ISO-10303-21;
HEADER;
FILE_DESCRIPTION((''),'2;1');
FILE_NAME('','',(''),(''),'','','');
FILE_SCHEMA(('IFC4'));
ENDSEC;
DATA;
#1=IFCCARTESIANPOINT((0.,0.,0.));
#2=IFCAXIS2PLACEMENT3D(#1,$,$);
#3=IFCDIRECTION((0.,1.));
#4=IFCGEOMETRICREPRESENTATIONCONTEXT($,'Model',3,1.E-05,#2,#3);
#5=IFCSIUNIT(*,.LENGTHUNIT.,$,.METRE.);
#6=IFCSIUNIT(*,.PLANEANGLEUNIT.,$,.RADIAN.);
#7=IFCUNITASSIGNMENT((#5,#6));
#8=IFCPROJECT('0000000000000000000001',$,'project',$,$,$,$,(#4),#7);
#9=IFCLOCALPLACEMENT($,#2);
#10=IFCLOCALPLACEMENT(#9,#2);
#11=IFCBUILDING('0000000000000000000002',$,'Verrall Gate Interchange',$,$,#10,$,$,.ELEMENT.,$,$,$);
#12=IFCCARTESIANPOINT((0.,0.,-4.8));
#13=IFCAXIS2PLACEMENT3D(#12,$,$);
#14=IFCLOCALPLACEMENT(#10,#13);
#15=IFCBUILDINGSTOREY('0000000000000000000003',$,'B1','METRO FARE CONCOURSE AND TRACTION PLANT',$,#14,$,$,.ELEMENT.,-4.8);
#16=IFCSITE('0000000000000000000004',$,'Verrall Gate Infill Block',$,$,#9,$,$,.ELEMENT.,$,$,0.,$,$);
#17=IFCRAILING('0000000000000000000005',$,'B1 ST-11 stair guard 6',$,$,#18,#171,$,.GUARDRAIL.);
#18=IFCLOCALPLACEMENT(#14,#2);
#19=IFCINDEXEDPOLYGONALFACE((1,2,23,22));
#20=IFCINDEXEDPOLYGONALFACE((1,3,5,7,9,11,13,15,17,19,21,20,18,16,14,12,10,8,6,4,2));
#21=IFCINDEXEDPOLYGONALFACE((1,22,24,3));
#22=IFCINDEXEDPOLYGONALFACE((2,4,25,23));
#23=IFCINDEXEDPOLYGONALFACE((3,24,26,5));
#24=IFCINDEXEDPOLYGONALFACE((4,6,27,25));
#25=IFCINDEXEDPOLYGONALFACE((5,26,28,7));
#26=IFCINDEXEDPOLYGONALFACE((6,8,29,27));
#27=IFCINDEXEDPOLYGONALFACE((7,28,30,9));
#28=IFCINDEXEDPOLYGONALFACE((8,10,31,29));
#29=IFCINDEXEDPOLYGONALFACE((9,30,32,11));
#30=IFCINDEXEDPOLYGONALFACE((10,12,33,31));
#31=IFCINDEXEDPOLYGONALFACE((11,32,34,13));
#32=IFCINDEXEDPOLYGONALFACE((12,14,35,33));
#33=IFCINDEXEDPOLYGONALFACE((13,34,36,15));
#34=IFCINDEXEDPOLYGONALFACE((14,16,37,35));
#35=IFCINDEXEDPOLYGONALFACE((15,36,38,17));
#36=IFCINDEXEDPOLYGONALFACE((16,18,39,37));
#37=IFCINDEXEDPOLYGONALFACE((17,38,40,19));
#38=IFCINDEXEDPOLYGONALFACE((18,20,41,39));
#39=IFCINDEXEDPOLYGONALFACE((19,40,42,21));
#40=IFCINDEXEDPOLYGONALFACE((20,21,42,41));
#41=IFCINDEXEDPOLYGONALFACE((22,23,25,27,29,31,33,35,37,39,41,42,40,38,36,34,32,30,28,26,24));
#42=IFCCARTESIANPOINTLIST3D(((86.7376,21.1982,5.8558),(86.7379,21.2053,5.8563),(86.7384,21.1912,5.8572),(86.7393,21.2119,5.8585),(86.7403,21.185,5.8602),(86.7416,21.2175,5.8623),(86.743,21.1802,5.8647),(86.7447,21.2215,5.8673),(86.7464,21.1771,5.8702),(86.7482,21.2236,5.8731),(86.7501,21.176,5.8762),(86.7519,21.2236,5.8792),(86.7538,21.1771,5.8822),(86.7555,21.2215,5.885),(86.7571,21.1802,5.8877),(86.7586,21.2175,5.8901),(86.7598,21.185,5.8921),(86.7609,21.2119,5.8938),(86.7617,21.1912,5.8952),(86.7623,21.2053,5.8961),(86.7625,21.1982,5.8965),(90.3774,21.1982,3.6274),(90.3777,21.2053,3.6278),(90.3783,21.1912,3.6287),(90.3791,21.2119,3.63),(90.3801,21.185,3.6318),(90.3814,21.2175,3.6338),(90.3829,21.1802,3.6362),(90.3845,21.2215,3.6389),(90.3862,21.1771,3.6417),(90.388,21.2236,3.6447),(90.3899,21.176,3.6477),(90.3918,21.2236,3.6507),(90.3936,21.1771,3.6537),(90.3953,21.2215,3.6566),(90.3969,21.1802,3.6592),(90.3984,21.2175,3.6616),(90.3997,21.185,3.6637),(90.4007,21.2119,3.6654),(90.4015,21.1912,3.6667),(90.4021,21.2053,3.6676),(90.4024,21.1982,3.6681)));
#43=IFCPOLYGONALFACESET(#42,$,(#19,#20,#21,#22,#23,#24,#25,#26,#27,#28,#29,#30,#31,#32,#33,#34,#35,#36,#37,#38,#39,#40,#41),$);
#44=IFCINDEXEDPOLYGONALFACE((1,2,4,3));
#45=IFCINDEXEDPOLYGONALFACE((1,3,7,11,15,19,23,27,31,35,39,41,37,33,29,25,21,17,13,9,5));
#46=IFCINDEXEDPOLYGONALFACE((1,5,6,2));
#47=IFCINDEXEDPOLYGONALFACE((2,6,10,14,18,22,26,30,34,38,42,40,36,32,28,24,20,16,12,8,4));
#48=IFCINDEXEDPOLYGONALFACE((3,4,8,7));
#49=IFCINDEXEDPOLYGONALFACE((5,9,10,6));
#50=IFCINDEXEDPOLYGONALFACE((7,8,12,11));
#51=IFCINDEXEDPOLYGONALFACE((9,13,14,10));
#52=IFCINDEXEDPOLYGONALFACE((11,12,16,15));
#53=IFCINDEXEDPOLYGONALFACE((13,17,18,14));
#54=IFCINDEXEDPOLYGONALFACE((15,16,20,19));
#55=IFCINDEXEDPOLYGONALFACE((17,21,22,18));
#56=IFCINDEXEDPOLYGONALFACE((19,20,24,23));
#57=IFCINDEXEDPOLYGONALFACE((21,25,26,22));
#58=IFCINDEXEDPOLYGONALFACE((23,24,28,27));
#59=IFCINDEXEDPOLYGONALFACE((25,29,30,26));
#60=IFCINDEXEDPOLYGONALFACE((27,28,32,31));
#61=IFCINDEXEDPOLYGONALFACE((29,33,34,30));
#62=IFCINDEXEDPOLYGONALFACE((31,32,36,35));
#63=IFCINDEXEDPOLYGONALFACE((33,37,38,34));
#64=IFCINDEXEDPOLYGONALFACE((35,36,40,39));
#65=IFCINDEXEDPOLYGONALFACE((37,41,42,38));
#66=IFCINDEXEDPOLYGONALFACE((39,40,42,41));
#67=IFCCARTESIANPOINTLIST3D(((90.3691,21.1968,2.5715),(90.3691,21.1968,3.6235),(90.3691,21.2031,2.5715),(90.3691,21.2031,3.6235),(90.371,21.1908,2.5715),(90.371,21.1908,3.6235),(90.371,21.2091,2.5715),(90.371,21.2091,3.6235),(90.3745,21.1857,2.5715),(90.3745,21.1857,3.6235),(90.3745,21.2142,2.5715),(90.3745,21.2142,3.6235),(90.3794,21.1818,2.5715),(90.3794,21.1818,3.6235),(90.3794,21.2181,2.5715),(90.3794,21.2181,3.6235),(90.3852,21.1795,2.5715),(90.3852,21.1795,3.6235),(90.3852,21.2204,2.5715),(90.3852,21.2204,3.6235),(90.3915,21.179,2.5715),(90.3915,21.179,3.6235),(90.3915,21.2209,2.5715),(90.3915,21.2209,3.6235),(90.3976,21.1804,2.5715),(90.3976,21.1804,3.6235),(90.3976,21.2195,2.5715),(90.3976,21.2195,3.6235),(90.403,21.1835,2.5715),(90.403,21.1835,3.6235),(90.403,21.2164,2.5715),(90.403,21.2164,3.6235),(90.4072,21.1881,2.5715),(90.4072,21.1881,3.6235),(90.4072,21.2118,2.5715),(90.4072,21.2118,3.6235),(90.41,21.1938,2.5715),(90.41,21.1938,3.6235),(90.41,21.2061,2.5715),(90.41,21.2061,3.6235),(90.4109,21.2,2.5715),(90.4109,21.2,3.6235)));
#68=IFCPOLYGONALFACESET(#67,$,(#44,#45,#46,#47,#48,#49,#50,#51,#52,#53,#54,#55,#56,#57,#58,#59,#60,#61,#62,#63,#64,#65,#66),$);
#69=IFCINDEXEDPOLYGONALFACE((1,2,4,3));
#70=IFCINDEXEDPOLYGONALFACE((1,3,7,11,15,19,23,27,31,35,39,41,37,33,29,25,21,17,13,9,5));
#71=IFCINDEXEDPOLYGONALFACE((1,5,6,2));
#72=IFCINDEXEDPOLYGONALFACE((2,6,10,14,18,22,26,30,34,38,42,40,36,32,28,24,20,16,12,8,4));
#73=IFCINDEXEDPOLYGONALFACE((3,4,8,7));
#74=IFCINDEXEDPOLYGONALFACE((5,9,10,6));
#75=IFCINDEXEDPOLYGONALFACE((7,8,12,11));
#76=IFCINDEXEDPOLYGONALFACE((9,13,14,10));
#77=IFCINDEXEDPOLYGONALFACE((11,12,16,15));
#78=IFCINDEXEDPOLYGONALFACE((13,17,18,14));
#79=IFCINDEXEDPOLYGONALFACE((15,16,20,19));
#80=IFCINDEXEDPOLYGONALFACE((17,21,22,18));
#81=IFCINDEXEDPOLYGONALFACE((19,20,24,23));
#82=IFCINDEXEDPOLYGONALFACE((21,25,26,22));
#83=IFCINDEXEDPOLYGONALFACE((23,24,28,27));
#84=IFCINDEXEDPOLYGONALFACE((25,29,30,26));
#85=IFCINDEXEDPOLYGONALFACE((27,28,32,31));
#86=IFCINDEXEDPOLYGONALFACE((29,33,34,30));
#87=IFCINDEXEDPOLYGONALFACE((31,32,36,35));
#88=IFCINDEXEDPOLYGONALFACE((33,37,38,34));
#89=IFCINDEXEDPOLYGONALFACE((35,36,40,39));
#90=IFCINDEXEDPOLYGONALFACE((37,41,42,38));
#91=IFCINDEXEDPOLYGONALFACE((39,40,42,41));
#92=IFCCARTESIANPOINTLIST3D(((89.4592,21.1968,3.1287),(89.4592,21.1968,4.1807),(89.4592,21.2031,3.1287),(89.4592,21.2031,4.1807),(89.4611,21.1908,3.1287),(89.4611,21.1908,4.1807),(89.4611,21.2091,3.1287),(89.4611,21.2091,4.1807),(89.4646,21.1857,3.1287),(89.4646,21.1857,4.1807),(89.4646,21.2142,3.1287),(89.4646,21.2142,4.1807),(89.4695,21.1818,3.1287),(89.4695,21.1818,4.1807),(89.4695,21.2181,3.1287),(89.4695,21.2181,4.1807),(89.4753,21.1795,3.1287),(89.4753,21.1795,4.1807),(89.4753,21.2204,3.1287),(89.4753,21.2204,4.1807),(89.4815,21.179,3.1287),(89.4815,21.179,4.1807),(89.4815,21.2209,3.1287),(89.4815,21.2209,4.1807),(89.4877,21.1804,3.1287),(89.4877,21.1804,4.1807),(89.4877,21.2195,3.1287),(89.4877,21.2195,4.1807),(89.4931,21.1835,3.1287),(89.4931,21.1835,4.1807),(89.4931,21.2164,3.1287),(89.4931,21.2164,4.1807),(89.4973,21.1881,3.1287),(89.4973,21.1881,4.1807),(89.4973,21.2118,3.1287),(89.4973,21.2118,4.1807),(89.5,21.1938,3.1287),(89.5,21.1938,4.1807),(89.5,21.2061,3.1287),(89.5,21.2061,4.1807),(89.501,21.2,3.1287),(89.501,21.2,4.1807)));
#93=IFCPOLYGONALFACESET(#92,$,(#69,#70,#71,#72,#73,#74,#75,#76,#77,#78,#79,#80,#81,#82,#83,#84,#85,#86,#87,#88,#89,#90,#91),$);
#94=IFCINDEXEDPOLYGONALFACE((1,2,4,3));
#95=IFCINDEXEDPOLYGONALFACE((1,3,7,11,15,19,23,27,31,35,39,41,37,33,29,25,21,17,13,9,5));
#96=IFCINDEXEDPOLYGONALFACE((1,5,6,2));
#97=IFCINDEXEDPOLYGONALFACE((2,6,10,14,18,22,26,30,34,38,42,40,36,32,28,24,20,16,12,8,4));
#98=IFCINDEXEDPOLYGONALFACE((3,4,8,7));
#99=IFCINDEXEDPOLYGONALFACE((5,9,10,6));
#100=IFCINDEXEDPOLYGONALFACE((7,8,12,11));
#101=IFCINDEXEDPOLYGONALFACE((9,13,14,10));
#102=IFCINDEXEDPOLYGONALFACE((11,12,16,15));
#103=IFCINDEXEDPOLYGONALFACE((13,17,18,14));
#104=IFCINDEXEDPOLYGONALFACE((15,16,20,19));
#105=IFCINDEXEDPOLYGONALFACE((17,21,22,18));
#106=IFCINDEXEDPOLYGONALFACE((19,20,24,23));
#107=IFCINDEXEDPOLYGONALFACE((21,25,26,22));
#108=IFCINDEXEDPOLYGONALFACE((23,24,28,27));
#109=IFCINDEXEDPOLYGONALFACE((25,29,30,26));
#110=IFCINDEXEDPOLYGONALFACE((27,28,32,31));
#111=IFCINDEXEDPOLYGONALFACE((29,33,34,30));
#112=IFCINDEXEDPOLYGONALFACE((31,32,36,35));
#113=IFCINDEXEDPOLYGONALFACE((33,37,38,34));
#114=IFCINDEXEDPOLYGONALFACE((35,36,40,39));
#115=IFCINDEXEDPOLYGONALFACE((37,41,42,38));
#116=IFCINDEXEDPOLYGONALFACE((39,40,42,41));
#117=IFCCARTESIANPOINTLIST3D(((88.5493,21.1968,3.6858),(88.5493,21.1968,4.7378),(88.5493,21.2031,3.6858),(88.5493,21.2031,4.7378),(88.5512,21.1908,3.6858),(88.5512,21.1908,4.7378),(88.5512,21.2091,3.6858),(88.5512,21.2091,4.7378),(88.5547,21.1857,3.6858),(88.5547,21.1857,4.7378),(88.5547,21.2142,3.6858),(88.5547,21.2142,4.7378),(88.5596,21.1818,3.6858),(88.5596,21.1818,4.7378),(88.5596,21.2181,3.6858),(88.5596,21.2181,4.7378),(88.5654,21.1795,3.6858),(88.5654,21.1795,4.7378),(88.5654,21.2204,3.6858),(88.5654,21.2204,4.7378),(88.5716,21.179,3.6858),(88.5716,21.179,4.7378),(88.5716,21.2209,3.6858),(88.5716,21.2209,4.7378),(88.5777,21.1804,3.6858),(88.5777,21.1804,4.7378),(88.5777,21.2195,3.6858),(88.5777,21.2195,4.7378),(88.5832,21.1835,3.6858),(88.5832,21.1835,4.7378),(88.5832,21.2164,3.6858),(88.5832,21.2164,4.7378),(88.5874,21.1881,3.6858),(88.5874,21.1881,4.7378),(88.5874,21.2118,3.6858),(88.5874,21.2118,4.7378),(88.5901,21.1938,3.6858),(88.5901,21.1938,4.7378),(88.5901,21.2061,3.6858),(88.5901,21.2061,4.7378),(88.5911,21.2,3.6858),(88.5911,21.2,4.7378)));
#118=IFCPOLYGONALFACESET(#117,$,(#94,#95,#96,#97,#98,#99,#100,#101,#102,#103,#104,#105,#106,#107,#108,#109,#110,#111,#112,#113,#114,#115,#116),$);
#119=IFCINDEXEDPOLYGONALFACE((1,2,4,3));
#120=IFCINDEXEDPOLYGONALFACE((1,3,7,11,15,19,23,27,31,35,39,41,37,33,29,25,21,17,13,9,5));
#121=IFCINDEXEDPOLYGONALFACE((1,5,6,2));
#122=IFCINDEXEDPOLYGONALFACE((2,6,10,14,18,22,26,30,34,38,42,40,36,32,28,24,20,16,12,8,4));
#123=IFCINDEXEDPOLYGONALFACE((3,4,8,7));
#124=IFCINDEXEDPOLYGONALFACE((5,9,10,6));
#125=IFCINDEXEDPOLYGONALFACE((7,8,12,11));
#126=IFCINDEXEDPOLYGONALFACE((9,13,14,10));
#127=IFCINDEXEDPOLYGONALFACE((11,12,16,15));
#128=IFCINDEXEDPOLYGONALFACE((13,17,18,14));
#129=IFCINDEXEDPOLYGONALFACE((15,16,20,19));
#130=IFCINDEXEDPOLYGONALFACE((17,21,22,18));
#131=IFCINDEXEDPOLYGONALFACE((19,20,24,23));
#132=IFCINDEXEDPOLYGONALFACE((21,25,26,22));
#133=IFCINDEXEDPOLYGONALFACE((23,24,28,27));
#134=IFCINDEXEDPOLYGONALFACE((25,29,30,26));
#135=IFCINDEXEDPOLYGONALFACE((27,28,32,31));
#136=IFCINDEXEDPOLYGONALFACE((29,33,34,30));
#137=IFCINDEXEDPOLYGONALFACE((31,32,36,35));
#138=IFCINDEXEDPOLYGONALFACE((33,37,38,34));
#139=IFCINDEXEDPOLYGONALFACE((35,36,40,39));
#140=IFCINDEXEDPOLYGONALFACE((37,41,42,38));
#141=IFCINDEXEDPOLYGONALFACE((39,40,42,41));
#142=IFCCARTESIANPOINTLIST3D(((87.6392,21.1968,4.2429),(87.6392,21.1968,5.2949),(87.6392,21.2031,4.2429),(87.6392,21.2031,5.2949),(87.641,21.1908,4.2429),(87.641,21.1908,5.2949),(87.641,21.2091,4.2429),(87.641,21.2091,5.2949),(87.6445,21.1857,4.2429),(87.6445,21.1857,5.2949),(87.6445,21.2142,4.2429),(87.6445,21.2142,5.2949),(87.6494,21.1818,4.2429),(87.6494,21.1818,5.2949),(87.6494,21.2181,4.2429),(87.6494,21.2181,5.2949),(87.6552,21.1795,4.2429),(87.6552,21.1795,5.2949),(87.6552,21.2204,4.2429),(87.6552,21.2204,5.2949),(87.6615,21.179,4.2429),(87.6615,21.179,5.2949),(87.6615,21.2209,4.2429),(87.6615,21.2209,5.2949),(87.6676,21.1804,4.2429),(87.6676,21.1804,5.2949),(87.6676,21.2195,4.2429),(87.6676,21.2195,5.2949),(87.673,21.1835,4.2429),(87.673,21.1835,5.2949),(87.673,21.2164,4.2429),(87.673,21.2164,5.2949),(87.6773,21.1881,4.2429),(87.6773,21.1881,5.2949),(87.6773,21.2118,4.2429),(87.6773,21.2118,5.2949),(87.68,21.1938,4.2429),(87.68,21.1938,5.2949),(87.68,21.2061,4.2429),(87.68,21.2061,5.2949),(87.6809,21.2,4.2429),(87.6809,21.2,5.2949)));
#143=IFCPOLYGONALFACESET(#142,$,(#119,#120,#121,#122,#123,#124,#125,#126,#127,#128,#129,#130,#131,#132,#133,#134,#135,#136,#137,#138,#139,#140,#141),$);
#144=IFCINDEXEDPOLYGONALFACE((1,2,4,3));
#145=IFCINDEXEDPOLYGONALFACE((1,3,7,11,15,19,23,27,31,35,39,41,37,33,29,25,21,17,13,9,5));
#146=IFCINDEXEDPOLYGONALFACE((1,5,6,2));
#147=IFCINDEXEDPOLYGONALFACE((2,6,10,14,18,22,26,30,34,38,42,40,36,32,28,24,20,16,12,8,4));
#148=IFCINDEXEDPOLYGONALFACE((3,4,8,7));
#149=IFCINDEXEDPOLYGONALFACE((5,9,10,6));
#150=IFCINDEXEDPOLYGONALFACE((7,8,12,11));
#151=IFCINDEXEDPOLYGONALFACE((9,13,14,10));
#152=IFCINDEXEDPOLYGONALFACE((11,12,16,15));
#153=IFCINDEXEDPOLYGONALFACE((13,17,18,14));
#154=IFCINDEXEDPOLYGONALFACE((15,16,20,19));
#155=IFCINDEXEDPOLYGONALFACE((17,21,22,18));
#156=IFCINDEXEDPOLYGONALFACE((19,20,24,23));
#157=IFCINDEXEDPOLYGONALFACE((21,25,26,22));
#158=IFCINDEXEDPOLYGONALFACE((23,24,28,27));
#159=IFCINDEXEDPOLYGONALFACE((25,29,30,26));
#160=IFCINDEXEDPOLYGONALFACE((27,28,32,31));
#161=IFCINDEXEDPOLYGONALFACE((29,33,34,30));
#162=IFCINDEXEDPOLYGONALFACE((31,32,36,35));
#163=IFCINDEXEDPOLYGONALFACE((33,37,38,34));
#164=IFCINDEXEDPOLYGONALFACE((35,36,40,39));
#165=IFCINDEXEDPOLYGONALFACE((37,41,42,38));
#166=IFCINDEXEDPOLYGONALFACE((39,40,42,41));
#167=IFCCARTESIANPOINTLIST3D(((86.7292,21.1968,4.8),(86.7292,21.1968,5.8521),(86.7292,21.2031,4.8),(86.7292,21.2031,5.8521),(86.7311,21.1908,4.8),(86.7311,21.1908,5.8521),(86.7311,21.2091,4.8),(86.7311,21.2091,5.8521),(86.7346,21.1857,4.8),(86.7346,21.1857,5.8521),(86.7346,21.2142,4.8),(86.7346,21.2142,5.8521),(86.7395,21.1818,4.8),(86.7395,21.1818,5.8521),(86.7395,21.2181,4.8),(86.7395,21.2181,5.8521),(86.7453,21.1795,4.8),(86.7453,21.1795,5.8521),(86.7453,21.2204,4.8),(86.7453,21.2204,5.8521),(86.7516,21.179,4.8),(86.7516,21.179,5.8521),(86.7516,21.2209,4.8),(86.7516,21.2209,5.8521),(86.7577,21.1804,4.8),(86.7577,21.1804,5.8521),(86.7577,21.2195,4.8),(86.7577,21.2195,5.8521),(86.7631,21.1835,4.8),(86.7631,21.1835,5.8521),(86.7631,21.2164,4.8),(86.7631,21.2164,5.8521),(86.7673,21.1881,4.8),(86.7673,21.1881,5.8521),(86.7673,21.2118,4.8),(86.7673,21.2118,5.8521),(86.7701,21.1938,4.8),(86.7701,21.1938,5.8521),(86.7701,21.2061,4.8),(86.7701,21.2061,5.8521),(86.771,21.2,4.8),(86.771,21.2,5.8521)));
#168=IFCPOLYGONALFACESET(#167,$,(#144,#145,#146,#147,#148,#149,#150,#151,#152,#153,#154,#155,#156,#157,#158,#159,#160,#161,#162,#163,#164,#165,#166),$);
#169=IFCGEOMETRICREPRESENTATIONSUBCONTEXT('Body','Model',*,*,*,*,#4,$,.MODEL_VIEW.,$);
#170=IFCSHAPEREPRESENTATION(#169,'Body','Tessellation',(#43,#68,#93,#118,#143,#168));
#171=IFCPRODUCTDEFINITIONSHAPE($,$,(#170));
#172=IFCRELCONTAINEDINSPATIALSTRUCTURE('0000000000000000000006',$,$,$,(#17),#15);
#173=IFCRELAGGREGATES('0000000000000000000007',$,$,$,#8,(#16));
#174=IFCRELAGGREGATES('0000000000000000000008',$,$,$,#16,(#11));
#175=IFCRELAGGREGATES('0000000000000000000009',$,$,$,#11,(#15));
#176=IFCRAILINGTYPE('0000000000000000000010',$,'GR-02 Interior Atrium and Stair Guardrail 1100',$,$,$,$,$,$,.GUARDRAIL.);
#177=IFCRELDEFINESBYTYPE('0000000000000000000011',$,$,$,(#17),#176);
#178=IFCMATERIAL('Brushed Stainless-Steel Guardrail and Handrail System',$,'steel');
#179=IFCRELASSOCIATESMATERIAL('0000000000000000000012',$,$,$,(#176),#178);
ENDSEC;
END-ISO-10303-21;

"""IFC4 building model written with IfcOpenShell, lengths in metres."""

from ifc_helpers import new_model, si_unit, direction, frame, origin, origin_2d, place, context, subcontext, project, spatial, circle, extrude, material, type_object, element, save


model = new_model("IFC4")

# Units and contexts
model_context = context("Model", 3, precision=1e-05, world=origin(), true_north=direction((0.0, 1.0)))
body_context = subcontext(model_context, "Body", "Model", "MODEL_VIEW")
ifc_project = project(units=[si_unit("LENGTHUNIT", "METRE"), si_unit("PLANEANGLEUNIT", "RADIAN")], contexts=[model_context])

# Site, building, storey
site_placement = place(None, origin())
site = spatial("IfcSite", under=ifc_project, at=site_placement, Name="Verrall Gate Infill Block", CompositionType="ELEMENT", RefElevation=0.0)
building_placement = place(site_placement, origin())
building = spatial("IfcBuilding", under=site, at=building_placement, Name="Verrall Gate Interchange", CompositionType="ELEMENT")
storey_placement = place(building_placement, frame((0.0, 0.0, -4.8)))
storey = spatial("IfcBuildingStorey", under=building, at=storey_placement, Name="B1", Description="METRO FARE CONCOURSE AND TRACTION PLANT", CompositionType="ELEMENT", Elevation=-4.8)

# Railing
ifc_material_1 = material(Name="Brushed Stainless-Steel Guardrail and Handrail System", Category="steel")
railing_type_1 = type_object("IfcRailingType", Name="GR-02 Interior Atrium and Stair Guardrail 1100", PredefinedType="GUARDRAIL", material=ifc_material_1)
railing_1_placement = place(storey_placement, frame((90.3899, 21.2, 2.5715)))
element("IfcRailing", 1, at=railing_1_placement, inside=storey, type_object=railing_type_1, Name="B1 ST-11 stair guard 6", PredefinedType="GUARDRAIL", context=body_context, shape_type="SweptSolid", body=[
    extrude(circle(Radius=0.0239, at=origin_2d()), frame((0.0, 0.0, 1.0762), z_axis=(-0.85285, 0.0, 0.522156), x_axis=(0.0, -1.0, 0.0)), (0.0, 0.0, 1.0), 4.2678),
    extrude(circle(Radius=0.021, at=origin_2d()), origin(), (0.0, 0.0, 1.0), 1.052),
    extrude(circle(Radius=0.021, at=origin_2d()), frame((-0.9099, 0.0, 0.5571)), (0.0, 0.0, 1.0), 1.052),
    extrude(circle(Radius=0.021, at=origin_2d()), frame((-1.8198, 0.0, 1.1143)), (0.0, 0.0, 1.0), 1.052),
    extrude(circle(Radius=0.021, at=origin_2d()), frame((-2.73, 0.0, 1.6714)), (0.0, 0.0, 1.0), 1.052),
    extrude(circle(Radius=0.021, at=origin_2d()), frame((-3.6399, 0.0, 2.2285)), (0.0, 0.0, 1.0), 1.052),
])

save(model, "model.ifc")
